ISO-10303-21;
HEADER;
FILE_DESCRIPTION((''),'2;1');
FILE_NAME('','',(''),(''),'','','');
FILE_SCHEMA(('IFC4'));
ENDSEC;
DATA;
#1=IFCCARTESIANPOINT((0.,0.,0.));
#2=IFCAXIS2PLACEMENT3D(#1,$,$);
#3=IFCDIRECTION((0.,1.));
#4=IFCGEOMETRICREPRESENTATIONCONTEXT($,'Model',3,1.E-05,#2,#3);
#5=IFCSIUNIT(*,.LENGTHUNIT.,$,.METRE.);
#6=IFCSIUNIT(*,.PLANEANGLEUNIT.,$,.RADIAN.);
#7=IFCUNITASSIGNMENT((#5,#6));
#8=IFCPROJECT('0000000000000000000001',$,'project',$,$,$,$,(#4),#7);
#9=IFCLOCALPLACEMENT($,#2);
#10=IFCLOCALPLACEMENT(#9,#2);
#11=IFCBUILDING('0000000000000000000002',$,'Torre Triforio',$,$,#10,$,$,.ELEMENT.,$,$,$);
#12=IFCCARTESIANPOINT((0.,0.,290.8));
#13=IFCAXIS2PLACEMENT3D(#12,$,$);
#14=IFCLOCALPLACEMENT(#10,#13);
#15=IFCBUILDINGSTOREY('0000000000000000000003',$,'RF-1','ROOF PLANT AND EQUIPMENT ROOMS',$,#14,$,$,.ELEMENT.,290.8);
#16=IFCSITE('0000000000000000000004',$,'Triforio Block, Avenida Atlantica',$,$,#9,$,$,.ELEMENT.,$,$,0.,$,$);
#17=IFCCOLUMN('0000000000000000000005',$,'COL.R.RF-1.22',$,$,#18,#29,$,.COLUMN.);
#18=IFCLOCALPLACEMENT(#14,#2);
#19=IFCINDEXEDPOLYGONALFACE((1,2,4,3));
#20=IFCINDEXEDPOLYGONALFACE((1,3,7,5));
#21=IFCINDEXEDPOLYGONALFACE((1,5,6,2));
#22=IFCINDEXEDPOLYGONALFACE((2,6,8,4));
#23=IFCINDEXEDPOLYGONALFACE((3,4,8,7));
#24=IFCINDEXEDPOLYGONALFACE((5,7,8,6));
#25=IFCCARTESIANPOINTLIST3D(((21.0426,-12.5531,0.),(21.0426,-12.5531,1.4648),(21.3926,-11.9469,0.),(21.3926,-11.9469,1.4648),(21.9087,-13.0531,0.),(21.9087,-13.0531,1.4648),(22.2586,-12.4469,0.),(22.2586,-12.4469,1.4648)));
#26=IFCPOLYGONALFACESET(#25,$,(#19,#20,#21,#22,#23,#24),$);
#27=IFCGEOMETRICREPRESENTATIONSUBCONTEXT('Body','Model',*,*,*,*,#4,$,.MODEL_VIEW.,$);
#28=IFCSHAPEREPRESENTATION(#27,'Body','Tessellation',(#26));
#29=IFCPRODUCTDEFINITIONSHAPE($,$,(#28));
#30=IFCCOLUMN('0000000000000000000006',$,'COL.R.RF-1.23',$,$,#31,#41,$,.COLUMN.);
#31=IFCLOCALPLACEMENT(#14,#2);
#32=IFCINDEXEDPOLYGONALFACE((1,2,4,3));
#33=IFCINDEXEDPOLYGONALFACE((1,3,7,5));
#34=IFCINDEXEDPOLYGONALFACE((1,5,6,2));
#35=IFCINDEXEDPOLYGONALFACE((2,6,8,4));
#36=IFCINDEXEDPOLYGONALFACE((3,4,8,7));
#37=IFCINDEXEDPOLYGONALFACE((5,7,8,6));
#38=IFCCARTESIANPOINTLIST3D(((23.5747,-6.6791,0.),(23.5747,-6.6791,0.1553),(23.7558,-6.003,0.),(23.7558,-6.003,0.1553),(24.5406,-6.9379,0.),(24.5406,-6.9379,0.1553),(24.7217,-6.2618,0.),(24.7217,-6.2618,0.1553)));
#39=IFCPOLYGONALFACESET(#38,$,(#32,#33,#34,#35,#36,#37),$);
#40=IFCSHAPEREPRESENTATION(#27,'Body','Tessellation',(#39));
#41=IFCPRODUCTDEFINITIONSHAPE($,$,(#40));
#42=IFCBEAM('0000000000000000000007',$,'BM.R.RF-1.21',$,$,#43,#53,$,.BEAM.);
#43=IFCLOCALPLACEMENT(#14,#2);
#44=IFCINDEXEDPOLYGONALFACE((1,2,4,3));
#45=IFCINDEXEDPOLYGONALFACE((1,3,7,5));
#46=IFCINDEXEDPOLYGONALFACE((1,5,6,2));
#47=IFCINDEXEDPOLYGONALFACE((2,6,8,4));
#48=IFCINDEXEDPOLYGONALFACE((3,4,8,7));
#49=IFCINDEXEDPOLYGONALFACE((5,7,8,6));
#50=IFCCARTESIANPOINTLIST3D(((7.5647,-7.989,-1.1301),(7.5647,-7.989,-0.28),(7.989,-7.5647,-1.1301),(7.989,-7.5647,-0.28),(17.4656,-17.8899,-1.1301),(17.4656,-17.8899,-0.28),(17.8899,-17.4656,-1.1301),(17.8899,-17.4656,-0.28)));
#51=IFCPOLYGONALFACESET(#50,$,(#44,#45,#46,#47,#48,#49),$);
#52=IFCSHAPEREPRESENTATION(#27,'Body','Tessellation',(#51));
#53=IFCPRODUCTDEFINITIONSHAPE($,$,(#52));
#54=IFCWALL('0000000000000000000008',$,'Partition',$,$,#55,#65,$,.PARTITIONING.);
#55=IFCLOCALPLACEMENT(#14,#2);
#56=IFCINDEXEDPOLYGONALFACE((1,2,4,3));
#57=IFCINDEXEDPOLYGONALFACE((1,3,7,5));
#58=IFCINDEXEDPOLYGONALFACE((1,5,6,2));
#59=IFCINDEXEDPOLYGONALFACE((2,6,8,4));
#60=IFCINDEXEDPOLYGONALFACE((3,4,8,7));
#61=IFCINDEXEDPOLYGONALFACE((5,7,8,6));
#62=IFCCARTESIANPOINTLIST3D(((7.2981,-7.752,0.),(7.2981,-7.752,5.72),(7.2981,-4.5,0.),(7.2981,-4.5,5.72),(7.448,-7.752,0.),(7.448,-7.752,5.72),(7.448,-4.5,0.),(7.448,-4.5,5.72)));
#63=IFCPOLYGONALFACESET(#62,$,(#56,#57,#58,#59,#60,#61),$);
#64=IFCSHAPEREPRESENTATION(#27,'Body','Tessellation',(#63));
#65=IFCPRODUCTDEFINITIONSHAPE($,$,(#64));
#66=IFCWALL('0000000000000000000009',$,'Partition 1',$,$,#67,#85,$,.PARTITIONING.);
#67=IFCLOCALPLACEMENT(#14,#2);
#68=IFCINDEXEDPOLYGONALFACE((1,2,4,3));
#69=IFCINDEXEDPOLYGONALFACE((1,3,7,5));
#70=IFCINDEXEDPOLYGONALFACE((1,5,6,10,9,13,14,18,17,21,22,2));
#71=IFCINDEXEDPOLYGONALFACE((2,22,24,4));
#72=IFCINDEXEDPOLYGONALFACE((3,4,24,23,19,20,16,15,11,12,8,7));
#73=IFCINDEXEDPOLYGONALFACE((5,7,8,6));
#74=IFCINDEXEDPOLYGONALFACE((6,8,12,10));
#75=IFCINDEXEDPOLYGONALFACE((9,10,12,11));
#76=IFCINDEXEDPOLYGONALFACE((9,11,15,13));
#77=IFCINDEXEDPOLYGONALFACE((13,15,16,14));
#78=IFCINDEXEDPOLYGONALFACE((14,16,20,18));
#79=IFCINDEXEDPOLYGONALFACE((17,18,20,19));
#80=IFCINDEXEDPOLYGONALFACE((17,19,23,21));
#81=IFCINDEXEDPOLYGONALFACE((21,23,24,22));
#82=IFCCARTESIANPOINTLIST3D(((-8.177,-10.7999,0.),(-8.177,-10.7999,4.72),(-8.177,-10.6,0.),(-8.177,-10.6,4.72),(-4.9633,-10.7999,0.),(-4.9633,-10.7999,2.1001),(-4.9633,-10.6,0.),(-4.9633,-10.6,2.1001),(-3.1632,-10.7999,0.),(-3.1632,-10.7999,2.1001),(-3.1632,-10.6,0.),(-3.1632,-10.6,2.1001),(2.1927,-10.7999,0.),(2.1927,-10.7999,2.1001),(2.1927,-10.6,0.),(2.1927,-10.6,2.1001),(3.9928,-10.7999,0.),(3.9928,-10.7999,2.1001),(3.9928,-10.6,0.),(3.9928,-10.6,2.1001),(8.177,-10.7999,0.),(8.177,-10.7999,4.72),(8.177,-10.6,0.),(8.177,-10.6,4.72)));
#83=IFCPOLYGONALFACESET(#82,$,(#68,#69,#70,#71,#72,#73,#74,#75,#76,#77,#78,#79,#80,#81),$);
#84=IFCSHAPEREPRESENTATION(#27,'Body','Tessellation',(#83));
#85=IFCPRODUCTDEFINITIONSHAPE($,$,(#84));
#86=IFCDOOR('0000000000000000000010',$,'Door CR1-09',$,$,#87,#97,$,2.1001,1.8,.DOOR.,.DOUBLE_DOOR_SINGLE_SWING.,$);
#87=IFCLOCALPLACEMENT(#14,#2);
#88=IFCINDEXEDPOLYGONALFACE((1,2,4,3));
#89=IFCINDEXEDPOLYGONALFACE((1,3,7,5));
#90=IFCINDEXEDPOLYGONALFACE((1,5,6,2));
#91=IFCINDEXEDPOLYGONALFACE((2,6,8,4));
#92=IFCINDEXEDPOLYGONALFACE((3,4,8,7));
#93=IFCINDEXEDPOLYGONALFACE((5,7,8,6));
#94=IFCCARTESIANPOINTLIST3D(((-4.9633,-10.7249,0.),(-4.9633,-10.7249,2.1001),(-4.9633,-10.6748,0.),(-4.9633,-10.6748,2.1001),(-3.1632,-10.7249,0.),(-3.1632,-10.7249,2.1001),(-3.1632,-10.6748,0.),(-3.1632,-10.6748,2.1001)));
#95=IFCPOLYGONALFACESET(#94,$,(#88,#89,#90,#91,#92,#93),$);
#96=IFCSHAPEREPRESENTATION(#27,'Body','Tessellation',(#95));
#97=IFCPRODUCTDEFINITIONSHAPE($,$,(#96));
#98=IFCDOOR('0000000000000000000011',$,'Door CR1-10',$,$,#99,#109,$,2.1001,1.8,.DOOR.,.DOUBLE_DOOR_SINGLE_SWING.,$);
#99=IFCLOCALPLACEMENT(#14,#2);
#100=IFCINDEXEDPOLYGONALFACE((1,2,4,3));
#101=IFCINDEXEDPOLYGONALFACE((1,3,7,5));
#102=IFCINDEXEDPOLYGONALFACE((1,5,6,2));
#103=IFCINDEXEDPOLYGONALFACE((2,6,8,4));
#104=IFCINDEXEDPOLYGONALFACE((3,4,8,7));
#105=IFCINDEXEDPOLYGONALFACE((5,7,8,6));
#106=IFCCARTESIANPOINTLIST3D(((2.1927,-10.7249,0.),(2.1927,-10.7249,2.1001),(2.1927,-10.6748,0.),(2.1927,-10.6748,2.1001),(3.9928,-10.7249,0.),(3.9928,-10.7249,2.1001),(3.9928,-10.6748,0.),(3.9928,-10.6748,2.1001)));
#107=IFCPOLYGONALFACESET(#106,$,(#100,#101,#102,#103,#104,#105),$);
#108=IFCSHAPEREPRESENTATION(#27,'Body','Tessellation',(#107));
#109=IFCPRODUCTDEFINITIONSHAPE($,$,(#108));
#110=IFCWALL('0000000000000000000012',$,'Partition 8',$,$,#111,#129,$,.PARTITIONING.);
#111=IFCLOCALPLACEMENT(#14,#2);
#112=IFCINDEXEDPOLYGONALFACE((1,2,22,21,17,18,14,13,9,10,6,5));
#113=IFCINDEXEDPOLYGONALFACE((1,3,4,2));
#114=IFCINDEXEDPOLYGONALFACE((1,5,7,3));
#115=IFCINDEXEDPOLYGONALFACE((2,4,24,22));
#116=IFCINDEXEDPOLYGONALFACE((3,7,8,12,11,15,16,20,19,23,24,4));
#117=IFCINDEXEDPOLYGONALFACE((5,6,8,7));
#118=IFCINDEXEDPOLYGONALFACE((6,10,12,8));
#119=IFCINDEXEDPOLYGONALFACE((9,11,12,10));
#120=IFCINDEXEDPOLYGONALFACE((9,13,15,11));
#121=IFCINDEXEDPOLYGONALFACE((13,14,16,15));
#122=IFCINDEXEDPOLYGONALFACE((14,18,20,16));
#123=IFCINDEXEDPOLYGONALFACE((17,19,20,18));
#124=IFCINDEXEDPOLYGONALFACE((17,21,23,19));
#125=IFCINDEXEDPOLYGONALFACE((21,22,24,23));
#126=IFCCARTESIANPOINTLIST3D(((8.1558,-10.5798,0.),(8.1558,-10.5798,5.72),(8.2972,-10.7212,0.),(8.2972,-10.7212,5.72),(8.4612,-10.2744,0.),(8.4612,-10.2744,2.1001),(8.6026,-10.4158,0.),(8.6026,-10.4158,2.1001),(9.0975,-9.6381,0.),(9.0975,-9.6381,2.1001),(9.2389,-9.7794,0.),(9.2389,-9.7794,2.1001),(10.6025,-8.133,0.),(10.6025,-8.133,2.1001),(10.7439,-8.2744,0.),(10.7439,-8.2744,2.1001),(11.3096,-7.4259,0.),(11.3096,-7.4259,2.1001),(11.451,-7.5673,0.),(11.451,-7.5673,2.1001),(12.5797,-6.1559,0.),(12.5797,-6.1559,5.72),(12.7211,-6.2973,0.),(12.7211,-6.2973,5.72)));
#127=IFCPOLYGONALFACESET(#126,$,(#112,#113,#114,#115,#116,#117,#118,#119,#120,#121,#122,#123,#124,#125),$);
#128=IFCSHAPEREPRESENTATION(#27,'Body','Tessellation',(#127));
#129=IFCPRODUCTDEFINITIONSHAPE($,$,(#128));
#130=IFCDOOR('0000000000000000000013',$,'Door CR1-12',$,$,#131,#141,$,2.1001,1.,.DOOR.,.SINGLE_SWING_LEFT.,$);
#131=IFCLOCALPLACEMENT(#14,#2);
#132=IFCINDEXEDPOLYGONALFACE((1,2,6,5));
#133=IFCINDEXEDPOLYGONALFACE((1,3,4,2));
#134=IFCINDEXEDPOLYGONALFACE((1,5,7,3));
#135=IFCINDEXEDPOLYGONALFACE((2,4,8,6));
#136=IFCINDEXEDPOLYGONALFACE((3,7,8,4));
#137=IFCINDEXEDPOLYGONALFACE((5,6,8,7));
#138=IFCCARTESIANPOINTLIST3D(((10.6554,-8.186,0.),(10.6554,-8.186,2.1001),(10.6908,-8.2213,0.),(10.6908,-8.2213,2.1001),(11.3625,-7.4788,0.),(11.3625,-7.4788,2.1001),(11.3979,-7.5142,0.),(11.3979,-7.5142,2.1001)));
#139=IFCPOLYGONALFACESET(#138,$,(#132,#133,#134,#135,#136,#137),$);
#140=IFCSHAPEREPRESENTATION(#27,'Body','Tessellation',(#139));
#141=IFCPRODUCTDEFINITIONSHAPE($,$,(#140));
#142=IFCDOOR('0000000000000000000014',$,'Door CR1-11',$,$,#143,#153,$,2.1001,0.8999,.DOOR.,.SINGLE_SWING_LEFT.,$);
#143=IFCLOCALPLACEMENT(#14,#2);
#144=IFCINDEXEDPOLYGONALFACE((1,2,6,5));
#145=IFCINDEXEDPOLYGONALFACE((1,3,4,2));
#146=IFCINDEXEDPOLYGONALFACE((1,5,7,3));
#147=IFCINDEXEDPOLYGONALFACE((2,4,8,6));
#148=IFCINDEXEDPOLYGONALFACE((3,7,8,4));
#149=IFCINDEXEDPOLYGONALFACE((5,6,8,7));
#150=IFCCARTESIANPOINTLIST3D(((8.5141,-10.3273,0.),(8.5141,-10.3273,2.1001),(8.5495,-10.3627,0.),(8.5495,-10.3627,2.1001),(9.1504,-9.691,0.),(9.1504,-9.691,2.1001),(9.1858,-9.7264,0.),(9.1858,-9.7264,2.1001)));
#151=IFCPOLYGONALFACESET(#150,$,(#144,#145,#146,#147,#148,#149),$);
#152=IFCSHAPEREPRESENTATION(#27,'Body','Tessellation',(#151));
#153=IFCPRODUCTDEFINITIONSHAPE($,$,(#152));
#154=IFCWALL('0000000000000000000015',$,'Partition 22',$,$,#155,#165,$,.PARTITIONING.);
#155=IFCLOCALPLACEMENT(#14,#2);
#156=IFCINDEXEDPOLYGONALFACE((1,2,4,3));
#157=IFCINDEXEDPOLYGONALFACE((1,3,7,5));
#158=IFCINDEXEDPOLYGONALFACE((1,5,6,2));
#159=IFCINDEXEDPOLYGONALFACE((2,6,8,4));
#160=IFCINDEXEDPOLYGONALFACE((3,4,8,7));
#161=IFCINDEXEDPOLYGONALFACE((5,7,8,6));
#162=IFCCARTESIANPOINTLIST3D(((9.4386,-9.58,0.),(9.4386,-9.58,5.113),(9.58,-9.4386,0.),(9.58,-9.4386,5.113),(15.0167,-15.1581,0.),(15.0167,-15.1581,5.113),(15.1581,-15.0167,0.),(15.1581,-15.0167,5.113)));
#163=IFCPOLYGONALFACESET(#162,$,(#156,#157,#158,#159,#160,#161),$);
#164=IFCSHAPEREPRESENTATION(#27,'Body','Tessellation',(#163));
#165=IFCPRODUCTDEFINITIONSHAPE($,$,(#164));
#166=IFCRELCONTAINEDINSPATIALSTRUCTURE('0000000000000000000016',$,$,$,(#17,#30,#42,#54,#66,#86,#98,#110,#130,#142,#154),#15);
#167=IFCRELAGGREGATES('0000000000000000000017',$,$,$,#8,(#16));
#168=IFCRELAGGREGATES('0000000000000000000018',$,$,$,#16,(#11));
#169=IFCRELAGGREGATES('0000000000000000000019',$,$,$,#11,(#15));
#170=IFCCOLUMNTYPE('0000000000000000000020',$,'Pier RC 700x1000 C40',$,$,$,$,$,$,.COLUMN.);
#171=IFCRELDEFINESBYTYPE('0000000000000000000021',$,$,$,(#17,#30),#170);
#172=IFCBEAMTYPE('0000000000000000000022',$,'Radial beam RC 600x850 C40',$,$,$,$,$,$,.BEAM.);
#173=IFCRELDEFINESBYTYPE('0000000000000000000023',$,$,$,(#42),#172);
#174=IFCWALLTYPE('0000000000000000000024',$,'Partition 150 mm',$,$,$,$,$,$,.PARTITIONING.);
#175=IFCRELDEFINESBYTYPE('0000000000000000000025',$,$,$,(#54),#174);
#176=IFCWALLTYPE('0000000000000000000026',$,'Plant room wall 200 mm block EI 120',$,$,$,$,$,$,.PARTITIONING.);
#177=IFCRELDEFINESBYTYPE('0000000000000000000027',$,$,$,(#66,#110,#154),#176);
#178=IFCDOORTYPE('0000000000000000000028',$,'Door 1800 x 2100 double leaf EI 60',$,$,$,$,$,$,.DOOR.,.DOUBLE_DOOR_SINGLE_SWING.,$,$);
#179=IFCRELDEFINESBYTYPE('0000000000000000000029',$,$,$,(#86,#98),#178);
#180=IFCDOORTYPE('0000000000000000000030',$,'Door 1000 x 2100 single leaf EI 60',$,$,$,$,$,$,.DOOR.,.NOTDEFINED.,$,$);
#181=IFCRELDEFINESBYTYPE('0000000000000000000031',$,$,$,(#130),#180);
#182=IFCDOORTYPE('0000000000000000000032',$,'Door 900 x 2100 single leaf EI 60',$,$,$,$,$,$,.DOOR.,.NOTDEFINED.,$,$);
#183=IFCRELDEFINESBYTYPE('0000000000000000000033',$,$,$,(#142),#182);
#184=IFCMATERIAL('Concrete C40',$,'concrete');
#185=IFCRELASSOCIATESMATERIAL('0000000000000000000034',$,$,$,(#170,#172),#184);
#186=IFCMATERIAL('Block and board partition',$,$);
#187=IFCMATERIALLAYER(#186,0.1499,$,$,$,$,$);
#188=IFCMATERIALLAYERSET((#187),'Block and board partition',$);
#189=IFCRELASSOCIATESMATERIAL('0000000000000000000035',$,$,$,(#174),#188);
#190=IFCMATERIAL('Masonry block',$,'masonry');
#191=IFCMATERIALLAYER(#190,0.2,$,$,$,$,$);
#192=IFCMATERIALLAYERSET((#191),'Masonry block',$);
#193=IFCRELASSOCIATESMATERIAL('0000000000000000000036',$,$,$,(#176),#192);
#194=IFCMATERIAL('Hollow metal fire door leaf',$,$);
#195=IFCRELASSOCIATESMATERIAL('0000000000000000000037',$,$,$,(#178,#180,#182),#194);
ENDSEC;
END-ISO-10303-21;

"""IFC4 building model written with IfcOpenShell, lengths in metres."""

from ifc_helpers import new_model, si_unit, direction, frame, frame_2d, origin, origin_2d, place, context, subcontext, project, spatial, rectangle, extrude, material, layer, layer_set, material_profile, profile_set, type_object, element, fill, save


model = new_model("IFC4")

# Units and contexts
model_context = context("Model", 3, precision=1e-05, world=origin(), true_north=direction((0.0, 1.0)))
body_context = subcontext(model_context, "Body", "Model", "MODEL_VIEW")
ifc_project = project(units=[si_unit("LENGTHUNIT", "METRE"), si_unit("PLANEANGLEUNIT", "RADIAN")], contexts=[model_context])

# Site, building, storey
site_placement = place(None, origin())
site = spatial("IfcSite", under=ifc_project, at=site_placement, Name="Triforio Block, Avenida Atlantica", CompositionType="ELEMENT", RefElevation=0.0)
building_placement = place(site_placement, origin())
building = spatial("IfcBuilding", under=site, at=building_placement, Name="Torre Triforio", CompositionType="ELEMENT")
storey_placement = place(building_placement, frame((0.0, 0.0, 290.8)))
storey = spatial("IfcBuildingStorey", under=building, at=storey_placement, Name="RF-1", Description="ROOF PLANT AND EQUIPMENT ROOMS", CompositionType="ELEMENT", Elevation=290.8)

# Columns
ifc_material_1 = material(Name="Concrete C40", Category="concrete")
ifc_material_profile_1 = material_profile(ifc_material_1, rectangle(XDim=0.7, YDim=1.0, at=origin_2d()), Name="RC 700x1000")
ifc_profile_set_1 = profile_set([ifc_material_profile_1], Name="Concrete C40")
column_type = type_object("IfcColumnType", Name="Pier RC 700x1000 C40", PredefinedType="COLUMN", material=ifc_profile_set_1)
column_1_placement = place(storey_placement, frame((21.6506, -12.5, 0.0), z_axis=(0.0, 0.0, 1.0), x_axis=(0.5, 0.866025, 0.0)))
element("IfcColumn", 1, at=column_1_placement, inside=storey, type_object=column_type, Name="COL.R.RF-1.22", PredefinedType="COLUMN", context=body_context, shape_type="SweptSolid", body=[
    extrude(rectangle(XDim=0.7, YDim=1.0, at=origin_2d()), origin(), (0.0, 0.0, 1.0), 1.4648),
])
column_2_placement = place(storey_placement, frame((24.1482, -6.4705, 0.0), z_axis=(0.0, 0.0, 1.0), x_axis=(0.258819, 0.965926, 0.0)))
element("IfcColumn", 2, at=column_2_placement, inside=storey, type_object=column_type, Name="COL.R.RF-1.23", PredefinedType="COLUMN", context=body_context, shape_type="SweptSolid", body=[
    extrude(rectangle(XDim=0.7, YDim=1.0, at=origin_2d()), origin(), (0.0, 0.0, 1.0), 0.1553),
])

# Beam
ifc_material_profile_2 = material_profile(ifc_material_1, rectangle(XDim=0.6001, YDim=0.8501, at=origin_2d()), Name="RC 600x850")
ifc_profile_set_2 = profile_set([ifc_material_profile_2], Name="Concrete C40")
beam_type = type_object("IfcBeamType", Name="Radial beam RC 600x850 C40", PredefinedType="BEAM", material=ifc_profile_set_2)
beam_placement = place(storey_placement, frame((7.7769, -7.7769, -0.7051), z_axis=(0.707107, -0.707107, 0.0), x_axis=(0.707107, 0.707107, 0.0)))
element("IfcBeam", 3, at=beam_placement, inside=storey, type_object=beam_type, Name="BM.R.RF-1.21", PredefinedType="BEAM", context=body_context, shape_type="SweptSolid", body=[
    extrude(rectangle(XDim=0.6001, YDim=0.8501, at=origin_2d()), origin(), (0.0, 0.0, 1.0), 14.002),
])

# Wall
ifc_material_2 = material(Name="Block and board partition")
ifc_layer_1 = layer(ifc_material_2, 0.1499)
ifc_layer_set_1 = layer_set([ifc_layer_1], Name="Block and board partition")
wall_type_1 = type_object("IfcWallType", Name="Partition 150 mm", PredefinedType="PARTITIONING", material=ifc_layer_set_1)
wall_1_placement = place(storey_placement, frame((7.373, -7.752, 0.0), z_axis=(0.0, 0.0, 1.0), x_axis=(0.0, 1.0, 0.0)))
element("IfcWall", 4, at=wall_1_placement, inside=storey, type_object=wall_type_1, Name="Partition", PredefinedType="PARTITIONING", context=body_context, shape_type="SweptSolid", body=[
    extrude(rectangle(XDim=3.252, YDim=0.1499, at=frame_2d((1.626, 0.0))), origin(), (0.0, 0.0, 1.0), 5.72),
])

# Walls, openings, doors
ifc_material_3 = material(Name="Masonry block", Category="masonry")
ifc_layer_2 = layer(ifc_material_3, 0.2)
ifc_layer_set_2 = layer_set([ifc_layer_2], Name="Masonry block")
wall_type_2 = type_object("IfcWallType", Name="Plant room wall 200 mm block EI 120", PredefinedType="PARTITIONING", material=ifc_layer_set_2)
wall_2_placement = place(storey_placement, frame((8.177, -10.7, 0.0), z_axis=(0.0, 0.0, 1.0), x_axis=(-1.0, 0.0, 0.0)))
wall_2 = element("IfcWall", 5, at=wall_2_placement, inside=storey, type_object=wall_type_2, Name="Partition 1", PredefinedType="PARTITIONING", context=body_context, shape_type="SweptSolid", body=[
    extrude(rectangle(XDim=16.354, YDim=0.2, at=frame_2d((8.177, 0.0))), origin(), (0.0, 0.0, 1.0), 4.72),
])
opening_1_placement = place(wall_2_placement, frame((11.3403, 0.0, 0.0)))
opening_1 = element("IfcOpeningElement", 6, at=opening_1_placement, cuts=wall_2, PredefinedType="OPENING", context=body_context, shape_type="SweptSolid", body=[
    extrude(rectangle(XDim=1.8, YDim=2.1001, at=frame_2d((0.8999, 1.05))), frame((0.0, 0.1099, 0.0), z_axis=(0.0, -1.0, 0.0), x_axis=(1.0, 0.0, 0.0)), (0.0, 0.0, 1.0), 0.22),
])
opening_2_placement = place(wall_2_placement, frame((4.1843, 0.0, 0.0)))
opening_2 = element("IfcOpeningElement", 7, at=opening_2_placement, cuts=wall_2, PredefinedType="OPENING", context=body_context, shape_type="SweptSolid", body=[
    extrude(rectangle(XDim=1.8, YDim=2.1001, at=frame_2d((0.8999, 1.05))), frame((0.0, 0.1099, 0.0), z_axis=(0.0, -1.0, 0.0), x_axis=(1.0, 0.0, 0.0)), (0.0, 0.0, 1.0), 0.22),
])
ifc_material_4 = material(Name="Hollow metal fire door leaf")
door_type_1 = type_object("IfcDoorType", Name="Door 1800 x 2100 double leaf EI 60", OperationType="DOUBLE_DOOR_SINGLE_SWING", PredefinedType="DOOR", material=ifc_material_4)
door_1_placement = place(opening_1_placement, origin())
door_1 = element("IfcDoor", 8, at=door_1_placement, inside=storey, type_object=door_type_1, Name="Door CR1-09", OperationType="DOUBLE_DOOR_SINGLE_SWING", OverallHeight=2.1001, OverallWidth=1.8, PredefinedType="DOOR", context=body_context, shape_type="SweptSolid", body=[
    extrude(rectangle(XDim=1.8, YDim=2.1001, at=frame_2d((0.8999, 1.05))), frame((0.0, 0.0249, 0.0), z_axis=(0.0, -1.0, 0.0), x_axis=(1.0, 0.0, 0.0)), (0.0, 0.0, 1.0), 0.05),
])
fill(opening_1, door_1)
door_2_placement = place(opening_2_placement, origin())
door_2 = element("IfcDoor", 9, at=door_2_placement, inside=storey, type_object=door_type_1, Name="Door CR1-10", OperationType="DOUBLE_DOOR_SINGLE_SWING", OverallHeight=2.1001, OverallWidth=1.8, PredefinedType="DOOR", context=body_context, shape_type="SweptSolid", body=[
    extrude(rectangle(XDim=1.8, YDim=2.1001, at=frame_2d((0.8999, 1.05))), frame((0.0, 0.0249, 0.0), z_axis=(0.0, -1.0, 0.0), x_axis=(1.0, 0.0, 0.0)), (0.0, 0.0, 1.0), 0.05),
])
fill(opening_2, door_2)
wall_3_placement = place(storey_placement, frame((12.6504, -6.2266, 0.0), z_axis=(0.0, 0.0, 1.0), x_axis=(-0.707107, -0.707107, 0.0)))
wall_3 = element("IfcWall", 10, at=wall_3_placement, inside=storey, type_object=wall_type_2, Name="Partition 8", PredefinedType="PARTITIONING", context=body_context, shape_type="SweptSolid", body=[
    extrude(rectangle(XDim=6.2563, YDim=0.2, at=frame_2d((3.1282, 0.0))), origin(), (0.0, 0.0, 1.0), 5.72),
])
opening_3_placement = place(wall_3_placement, frame((4.9246, 0.0, 0.0)))
opening_3 = element("IfcOpeningElement", 11, at=opening_3_placement, cuts=wall_3, PredefinedType="OPENING", context=body_context, shape_type="SweptSolid", body=[
    extrude(rectangle(XDim=0.8999, YDim=2.1001, at=frame_2d((0.45, 1.05))), frame((0.0, 0.1099, 0.0), z_axis=(0.0, -1.0, 0.0), x_axis=(1.0, 0.0, 0.0)), (0.0, 0.0, 1.0), 0.22),
])
opening_4_placement = place(wall_3_placement, frame((1.7961, 0.0, 0.0)))
opening_4 = element("IfcOpeningElement", 12, at=opening_4_placement, cuts=wall_3, PredefinedType="OPENING", context=body_context, shape_type="SweptSolid", body=[
    extrude(rectangle(XDim=1.0, YDim=2.1001, at=frame_2d((0.5, 1.05))), frame((0.0, 0.1099, 0.0), z_axis=(0.0, -1.0, 0.0), x_axis=(1.0, 0.0, 0.0)), (0.0, 0.0, 1.0), 0.22),
])
door_type_2 = type_object("IfcDoorType", Name="Door 1000 x 2100 single leaf EI 60", OperationType="NOTDEFINED", PredefinedType="DOOR", material=ifc_material_4)
door_3_placement = place(opening_4_placement, origin())
door_3 = element("IfcDoor", 13, at=door_3_placement, inside=storey, type_object=door_type_2, Name="Door CR1-12", OperationType="SINGLE_SWING_LEFT", OverallHeight=2.1001, OverallWidth=1.0, PredefinedType="DOOR", context=body_context, shape_type="SweptSolid", body=[
    extrude(rectangle(XDim=1.0, YDim=2.1001, at=frame_2d((0.5, 1.05))), frame((0.0, 0.0249, 0.0), z_axis=(0.0, -1.0, 0.0), x_axis=(1.0, 0.0, 0.0)), (0.0, 0.0, 1.0), 0.05),
])
fill(opening_4, door_3)
door_type_3 = type_object("IfcDoorType", Name="Door 900 x 2100 single leaf EI 60", OperationType="NOTDEFINED", PredefinedType="DOOR", material=ifc_material_4)
door_4_placement = place(opening_3_placement, origin())
door_4 = element("IfcDoor", 14, at=door_4_placement, inside=storey, type_object=door_type_3, Name="Door CR1-11", OperationType="SINGLE_SWING_LEFT", OverallHeight=2.1001, OverallWidth=0.8999, PredefinedType="DOOR", context=body_context, shape_type="SweptSolid", body=[
    extrude(rectangle(XDim=0.8999, YDim=2.1001, at=frame_2d((0.45, 1.05))), frame((0.0, 0.0249, 0.0), z_axis=(0.0, -1.0, 0.0), x_axis=(1.0, 0.0, 0.0)), (0.0, 0.0, 1.0), 0.05),
])
fill(opening_3, door_4)

# Wall
wall_4_placement = place(storey_placement, frame((9.5093, -9.5093, 0.0), z_axis=(0.0, 0.0, 1.0), x_axis=(0.707107, -0.707107, 0.0)))
element("IfcWall", 15, at=wall_4_placement, inside=storey, type_object=wall_type_2, Name="Partition 22", PredefinedType="PARTITIONING", context=body_context, shape_type="SweptSolid", body=[
    extrude(rectangle(XDim=7.8887, YDim=0.2, at=frame_2d((3.9443, 0.0))), origin(), (0.0, 0.0, 1.0), 5.113),
])

save(model, "model.ifc")
